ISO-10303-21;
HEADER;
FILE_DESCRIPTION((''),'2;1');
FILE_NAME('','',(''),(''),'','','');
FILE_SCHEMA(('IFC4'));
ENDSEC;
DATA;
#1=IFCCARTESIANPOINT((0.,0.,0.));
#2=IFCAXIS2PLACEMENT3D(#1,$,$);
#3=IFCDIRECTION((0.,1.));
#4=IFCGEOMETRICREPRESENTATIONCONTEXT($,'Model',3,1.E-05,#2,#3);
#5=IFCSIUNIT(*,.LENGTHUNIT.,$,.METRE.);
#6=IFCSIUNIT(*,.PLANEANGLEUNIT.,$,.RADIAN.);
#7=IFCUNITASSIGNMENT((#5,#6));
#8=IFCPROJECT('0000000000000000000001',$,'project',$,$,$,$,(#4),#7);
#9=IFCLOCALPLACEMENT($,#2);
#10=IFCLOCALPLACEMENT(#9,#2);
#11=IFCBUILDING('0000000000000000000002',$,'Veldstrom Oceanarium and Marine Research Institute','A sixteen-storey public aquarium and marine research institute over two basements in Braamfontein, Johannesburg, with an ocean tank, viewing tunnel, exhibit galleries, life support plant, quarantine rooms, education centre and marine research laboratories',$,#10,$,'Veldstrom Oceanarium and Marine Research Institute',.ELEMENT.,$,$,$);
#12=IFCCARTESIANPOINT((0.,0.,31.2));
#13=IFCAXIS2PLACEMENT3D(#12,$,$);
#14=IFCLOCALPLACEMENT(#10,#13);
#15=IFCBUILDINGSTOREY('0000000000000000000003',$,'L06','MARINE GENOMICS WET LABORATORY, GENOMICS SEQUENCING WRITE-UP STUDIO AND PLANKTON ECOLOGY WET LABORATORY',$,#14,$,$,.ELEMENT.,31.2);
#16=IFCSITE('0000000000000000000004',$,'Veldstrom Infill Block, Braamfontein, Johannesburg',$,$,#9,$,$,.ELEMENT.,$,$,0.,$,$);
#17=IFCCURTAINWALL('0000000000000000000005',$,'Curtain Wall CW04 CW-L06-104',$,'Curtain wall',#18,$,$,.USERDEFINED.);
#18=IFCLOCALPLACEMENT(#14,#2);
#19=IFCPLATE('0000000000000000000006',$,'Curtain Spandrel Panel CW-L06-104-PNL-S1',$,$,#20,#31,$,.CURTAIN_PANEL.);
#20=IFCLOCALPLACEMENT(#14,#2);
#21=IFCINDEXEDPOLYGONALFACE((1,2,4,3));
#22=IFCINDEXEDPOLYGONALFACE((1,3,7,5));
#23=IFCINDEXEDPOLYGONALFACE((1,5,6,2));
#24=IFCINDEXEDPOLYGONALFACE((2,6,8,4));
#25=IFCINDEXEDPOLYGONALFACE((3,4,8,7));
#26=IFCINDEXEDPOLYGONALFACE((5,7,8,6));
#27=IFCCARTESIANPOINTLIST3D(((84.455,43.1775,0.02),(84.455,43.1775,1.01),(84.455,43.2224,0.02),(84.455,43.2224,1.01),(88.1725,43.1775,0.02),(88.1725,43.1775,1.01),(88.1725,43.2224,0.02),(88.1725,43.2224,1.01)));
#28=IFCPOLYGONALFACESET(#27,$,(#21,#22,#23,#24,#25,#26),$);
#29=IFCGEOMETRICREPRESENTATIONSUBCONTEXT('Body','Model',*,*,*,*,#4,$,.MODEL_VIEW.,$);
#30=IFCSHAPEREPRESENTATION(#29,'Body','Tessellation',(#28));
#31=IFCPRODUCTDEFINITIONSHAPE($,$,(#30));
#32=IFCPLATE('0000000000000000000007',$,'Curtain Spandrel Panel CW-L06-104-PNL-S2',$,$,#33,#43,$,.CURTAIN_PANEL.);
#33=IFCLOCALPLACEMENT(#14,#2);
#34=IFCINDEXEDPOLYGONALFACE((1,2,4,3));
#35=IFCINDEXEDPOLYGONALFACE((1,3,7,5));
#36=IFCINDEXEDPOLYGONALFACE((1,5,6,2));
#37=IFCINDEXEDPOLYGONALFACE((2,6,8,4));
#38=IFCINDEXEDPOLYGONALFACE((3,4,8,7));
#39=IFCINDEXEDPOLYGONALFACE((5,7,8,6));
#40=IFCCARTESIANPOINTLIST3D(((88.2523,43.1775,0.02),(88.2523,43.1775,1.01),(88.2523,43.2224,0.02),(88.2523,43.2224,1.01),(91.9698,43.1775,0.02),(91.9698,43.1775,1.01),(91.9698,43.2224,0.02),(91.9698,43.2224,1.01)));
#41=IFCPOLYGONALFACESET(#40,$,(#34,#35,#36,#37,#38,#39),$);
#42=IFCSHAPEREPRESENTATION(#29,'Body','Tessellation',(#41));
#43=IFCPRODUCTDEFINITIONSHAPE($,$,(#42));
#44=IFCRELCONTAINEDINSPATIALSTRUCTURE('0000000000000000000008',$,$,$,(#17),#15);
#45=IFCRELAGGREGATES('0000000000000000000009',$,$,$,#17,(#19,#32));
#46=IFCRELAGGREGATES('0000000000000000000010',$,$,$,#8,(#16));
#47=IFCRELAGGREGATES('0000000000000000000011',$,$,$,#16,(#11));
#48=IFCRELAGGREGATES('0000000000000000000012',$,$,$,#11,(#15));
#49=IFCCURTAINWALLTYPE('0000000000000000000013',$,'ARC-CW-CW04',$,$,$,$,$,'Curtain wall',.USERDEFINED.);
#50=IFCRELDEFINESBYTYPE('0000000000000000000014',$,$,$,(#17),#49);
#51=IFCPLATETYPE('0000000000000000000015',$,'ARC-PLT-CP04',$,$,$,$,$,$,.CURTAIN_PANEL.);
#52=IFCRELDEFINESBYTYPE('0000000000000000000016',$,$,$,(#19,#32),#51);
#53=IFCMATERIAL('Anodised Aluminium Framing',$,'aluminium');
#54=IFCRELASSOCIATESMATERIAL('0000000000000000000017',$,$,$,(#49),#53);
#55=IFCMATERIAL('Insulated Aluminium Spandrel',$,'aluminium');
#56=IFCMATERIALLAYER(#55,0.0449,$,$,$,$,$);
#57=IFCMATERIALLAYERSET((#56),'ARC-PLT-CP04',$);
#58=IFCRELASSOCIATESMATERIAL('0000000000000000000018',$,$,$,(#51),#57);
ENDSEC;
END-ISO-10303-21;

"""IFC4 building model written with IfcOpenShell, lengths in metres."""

from ifc_helpers import new_model, si_unit, direction, frame, origin, origin_2d, place, context, subcontext, project, spatial, rectangle, extrude, material, layer, layer_set, type_object, element, aggregate, save


model = new_model("IFC4")

# Units and contexts
model_context = context("Model", 3, precision=1e-05, world=origin(), true_north=direction((0.0, 1.0)))
body_context = subcontext(model_context, "Body", "Model", "MODEL_VIEW")
ifc_project = project(units=[si_unit("LENGTHUNIT", "METRE"), si_unit("PLANEANGLEUNIT", "RADIAN")], contexts=[model_context])

# Site, building, storey
site_placement = place(None, origin())
site = spatial("IfcSite", under=ifc_project, at=site_placement, Name="Veldstrom Infill Block, Braamfontein, Johannesburg", CompositionType="ELEMENT", RefElevation=0.0)
building_placement = place(site_placement, origin())
building = spatial("IfcBuilding", under=site, at=building_placement, Name="Veldstrom Oceanarium and Marine Research Institute", Description="A sixteen-storey public aquarium and marine research institute over two basements in Braamfontein, Johannesburg, with an ocean tank, viewing tunnel, exhibit galleries, life support plant, quarantine rooms, education centre and marine research laboratories", LongName="Veldstrom Oceanarium and Marine Research Institute", CompositionType="ELEMENT")
storey_placement = place(building_placement, frame((0.0, 0.0, 31.2)))
storey = spatial("IfcBuildingStorey", under=building, at=storey_placement, Name="L06", Description="MARINE GENOMICS WET LABORATORY, GENOMICS SEQUENCING WRITE-UP STUDIO AND PLANKTON ECOLOGY WET LABORATORY", CompositionType="ELEMENT", Elevation=31.2)

# Curtain wall
ifc_material_1 = material(Name="Anodised Aluminium Framing", Category="aluminium")
curtain_wall_type = type_object("IfcCurtainWallType", Name="ARC-CW-CW04", ElementType="Curtain wall", PredefinedType="USERDEFINED", material=ifc_material_1)
curtain_wall_1_placement = place(storey_placement, origin())
curtain_wall_1 = element("IfcCurtainWall", 1, at=curtain_wall_1_placement, inside=storey, type_object=curtain_wall_type, Name="Curtain Wall CW04 CW-L06-104", ObjectType="Curtain wall", PredefinedType="USERDEFINED")

# Plates
ifc_material_2 = material(Name="Insulated Aluminium Spandrel", Category="aluminium")
ifc_layer_1 = layer(ifc_material_2, 0.0449)
ifc_layer_set_1 = layer_set([ifc_layer_1], Name="ARC-PLT-CP04")
plate_type_1 = type_object("IfcPlateType", Name="ARC-PLT-CP04", PredefinedType="CURTAIN_PANEL", material=ifc_layer_set_1)
plate_1_placement = place(storey_placement, frame((86.3137, 43.2, 0.02), z_axis=(0.0, 0.0, 1.0), x_axis=(1.0, 0.0, 0.0)))
plate_1 = element("IfcPlate", 2, at=plate_1_placement, type_object=plate_type_1, Name="Curtain Spandrel Panel CW-L06-104-PNL-S1", PredefinedType="CURTAIN_PANEL", context=body_context, shape_type="SweptSolid", body=[
    extrude(rectangle(XDim=3.7175, YDim=0.0449, at=origin_2d()), origin(), (0.0, 0.0, 1.0), 0.99),
])
plate_2_placement = place(storey_placement, frame((90.1111, 43.2, 0.02), z_axis=(0.0, 0.0, 1.0), x_axis=(1.0, 0.0, 0.0)))
plate_2 = element("IfcPlate", 3, at=plate_2_placement, type_object=plate_type_1, Name="Curtain Spandrel Panel CW-L06-104-PNL-S2", PredefinedType="CURTAIN_PANEL", context=body_context, shape_type="SweptSolid", body=[
    extrude(rectangle(XDim=3.7175, YDim=0.0449, at=origin_2d()), origin(), (0.0, 0.0, 1.0), 0.99),
])
aggregate(curtain_wall_1, [plate_1, plate_2])

save(model, "model.ifc")
